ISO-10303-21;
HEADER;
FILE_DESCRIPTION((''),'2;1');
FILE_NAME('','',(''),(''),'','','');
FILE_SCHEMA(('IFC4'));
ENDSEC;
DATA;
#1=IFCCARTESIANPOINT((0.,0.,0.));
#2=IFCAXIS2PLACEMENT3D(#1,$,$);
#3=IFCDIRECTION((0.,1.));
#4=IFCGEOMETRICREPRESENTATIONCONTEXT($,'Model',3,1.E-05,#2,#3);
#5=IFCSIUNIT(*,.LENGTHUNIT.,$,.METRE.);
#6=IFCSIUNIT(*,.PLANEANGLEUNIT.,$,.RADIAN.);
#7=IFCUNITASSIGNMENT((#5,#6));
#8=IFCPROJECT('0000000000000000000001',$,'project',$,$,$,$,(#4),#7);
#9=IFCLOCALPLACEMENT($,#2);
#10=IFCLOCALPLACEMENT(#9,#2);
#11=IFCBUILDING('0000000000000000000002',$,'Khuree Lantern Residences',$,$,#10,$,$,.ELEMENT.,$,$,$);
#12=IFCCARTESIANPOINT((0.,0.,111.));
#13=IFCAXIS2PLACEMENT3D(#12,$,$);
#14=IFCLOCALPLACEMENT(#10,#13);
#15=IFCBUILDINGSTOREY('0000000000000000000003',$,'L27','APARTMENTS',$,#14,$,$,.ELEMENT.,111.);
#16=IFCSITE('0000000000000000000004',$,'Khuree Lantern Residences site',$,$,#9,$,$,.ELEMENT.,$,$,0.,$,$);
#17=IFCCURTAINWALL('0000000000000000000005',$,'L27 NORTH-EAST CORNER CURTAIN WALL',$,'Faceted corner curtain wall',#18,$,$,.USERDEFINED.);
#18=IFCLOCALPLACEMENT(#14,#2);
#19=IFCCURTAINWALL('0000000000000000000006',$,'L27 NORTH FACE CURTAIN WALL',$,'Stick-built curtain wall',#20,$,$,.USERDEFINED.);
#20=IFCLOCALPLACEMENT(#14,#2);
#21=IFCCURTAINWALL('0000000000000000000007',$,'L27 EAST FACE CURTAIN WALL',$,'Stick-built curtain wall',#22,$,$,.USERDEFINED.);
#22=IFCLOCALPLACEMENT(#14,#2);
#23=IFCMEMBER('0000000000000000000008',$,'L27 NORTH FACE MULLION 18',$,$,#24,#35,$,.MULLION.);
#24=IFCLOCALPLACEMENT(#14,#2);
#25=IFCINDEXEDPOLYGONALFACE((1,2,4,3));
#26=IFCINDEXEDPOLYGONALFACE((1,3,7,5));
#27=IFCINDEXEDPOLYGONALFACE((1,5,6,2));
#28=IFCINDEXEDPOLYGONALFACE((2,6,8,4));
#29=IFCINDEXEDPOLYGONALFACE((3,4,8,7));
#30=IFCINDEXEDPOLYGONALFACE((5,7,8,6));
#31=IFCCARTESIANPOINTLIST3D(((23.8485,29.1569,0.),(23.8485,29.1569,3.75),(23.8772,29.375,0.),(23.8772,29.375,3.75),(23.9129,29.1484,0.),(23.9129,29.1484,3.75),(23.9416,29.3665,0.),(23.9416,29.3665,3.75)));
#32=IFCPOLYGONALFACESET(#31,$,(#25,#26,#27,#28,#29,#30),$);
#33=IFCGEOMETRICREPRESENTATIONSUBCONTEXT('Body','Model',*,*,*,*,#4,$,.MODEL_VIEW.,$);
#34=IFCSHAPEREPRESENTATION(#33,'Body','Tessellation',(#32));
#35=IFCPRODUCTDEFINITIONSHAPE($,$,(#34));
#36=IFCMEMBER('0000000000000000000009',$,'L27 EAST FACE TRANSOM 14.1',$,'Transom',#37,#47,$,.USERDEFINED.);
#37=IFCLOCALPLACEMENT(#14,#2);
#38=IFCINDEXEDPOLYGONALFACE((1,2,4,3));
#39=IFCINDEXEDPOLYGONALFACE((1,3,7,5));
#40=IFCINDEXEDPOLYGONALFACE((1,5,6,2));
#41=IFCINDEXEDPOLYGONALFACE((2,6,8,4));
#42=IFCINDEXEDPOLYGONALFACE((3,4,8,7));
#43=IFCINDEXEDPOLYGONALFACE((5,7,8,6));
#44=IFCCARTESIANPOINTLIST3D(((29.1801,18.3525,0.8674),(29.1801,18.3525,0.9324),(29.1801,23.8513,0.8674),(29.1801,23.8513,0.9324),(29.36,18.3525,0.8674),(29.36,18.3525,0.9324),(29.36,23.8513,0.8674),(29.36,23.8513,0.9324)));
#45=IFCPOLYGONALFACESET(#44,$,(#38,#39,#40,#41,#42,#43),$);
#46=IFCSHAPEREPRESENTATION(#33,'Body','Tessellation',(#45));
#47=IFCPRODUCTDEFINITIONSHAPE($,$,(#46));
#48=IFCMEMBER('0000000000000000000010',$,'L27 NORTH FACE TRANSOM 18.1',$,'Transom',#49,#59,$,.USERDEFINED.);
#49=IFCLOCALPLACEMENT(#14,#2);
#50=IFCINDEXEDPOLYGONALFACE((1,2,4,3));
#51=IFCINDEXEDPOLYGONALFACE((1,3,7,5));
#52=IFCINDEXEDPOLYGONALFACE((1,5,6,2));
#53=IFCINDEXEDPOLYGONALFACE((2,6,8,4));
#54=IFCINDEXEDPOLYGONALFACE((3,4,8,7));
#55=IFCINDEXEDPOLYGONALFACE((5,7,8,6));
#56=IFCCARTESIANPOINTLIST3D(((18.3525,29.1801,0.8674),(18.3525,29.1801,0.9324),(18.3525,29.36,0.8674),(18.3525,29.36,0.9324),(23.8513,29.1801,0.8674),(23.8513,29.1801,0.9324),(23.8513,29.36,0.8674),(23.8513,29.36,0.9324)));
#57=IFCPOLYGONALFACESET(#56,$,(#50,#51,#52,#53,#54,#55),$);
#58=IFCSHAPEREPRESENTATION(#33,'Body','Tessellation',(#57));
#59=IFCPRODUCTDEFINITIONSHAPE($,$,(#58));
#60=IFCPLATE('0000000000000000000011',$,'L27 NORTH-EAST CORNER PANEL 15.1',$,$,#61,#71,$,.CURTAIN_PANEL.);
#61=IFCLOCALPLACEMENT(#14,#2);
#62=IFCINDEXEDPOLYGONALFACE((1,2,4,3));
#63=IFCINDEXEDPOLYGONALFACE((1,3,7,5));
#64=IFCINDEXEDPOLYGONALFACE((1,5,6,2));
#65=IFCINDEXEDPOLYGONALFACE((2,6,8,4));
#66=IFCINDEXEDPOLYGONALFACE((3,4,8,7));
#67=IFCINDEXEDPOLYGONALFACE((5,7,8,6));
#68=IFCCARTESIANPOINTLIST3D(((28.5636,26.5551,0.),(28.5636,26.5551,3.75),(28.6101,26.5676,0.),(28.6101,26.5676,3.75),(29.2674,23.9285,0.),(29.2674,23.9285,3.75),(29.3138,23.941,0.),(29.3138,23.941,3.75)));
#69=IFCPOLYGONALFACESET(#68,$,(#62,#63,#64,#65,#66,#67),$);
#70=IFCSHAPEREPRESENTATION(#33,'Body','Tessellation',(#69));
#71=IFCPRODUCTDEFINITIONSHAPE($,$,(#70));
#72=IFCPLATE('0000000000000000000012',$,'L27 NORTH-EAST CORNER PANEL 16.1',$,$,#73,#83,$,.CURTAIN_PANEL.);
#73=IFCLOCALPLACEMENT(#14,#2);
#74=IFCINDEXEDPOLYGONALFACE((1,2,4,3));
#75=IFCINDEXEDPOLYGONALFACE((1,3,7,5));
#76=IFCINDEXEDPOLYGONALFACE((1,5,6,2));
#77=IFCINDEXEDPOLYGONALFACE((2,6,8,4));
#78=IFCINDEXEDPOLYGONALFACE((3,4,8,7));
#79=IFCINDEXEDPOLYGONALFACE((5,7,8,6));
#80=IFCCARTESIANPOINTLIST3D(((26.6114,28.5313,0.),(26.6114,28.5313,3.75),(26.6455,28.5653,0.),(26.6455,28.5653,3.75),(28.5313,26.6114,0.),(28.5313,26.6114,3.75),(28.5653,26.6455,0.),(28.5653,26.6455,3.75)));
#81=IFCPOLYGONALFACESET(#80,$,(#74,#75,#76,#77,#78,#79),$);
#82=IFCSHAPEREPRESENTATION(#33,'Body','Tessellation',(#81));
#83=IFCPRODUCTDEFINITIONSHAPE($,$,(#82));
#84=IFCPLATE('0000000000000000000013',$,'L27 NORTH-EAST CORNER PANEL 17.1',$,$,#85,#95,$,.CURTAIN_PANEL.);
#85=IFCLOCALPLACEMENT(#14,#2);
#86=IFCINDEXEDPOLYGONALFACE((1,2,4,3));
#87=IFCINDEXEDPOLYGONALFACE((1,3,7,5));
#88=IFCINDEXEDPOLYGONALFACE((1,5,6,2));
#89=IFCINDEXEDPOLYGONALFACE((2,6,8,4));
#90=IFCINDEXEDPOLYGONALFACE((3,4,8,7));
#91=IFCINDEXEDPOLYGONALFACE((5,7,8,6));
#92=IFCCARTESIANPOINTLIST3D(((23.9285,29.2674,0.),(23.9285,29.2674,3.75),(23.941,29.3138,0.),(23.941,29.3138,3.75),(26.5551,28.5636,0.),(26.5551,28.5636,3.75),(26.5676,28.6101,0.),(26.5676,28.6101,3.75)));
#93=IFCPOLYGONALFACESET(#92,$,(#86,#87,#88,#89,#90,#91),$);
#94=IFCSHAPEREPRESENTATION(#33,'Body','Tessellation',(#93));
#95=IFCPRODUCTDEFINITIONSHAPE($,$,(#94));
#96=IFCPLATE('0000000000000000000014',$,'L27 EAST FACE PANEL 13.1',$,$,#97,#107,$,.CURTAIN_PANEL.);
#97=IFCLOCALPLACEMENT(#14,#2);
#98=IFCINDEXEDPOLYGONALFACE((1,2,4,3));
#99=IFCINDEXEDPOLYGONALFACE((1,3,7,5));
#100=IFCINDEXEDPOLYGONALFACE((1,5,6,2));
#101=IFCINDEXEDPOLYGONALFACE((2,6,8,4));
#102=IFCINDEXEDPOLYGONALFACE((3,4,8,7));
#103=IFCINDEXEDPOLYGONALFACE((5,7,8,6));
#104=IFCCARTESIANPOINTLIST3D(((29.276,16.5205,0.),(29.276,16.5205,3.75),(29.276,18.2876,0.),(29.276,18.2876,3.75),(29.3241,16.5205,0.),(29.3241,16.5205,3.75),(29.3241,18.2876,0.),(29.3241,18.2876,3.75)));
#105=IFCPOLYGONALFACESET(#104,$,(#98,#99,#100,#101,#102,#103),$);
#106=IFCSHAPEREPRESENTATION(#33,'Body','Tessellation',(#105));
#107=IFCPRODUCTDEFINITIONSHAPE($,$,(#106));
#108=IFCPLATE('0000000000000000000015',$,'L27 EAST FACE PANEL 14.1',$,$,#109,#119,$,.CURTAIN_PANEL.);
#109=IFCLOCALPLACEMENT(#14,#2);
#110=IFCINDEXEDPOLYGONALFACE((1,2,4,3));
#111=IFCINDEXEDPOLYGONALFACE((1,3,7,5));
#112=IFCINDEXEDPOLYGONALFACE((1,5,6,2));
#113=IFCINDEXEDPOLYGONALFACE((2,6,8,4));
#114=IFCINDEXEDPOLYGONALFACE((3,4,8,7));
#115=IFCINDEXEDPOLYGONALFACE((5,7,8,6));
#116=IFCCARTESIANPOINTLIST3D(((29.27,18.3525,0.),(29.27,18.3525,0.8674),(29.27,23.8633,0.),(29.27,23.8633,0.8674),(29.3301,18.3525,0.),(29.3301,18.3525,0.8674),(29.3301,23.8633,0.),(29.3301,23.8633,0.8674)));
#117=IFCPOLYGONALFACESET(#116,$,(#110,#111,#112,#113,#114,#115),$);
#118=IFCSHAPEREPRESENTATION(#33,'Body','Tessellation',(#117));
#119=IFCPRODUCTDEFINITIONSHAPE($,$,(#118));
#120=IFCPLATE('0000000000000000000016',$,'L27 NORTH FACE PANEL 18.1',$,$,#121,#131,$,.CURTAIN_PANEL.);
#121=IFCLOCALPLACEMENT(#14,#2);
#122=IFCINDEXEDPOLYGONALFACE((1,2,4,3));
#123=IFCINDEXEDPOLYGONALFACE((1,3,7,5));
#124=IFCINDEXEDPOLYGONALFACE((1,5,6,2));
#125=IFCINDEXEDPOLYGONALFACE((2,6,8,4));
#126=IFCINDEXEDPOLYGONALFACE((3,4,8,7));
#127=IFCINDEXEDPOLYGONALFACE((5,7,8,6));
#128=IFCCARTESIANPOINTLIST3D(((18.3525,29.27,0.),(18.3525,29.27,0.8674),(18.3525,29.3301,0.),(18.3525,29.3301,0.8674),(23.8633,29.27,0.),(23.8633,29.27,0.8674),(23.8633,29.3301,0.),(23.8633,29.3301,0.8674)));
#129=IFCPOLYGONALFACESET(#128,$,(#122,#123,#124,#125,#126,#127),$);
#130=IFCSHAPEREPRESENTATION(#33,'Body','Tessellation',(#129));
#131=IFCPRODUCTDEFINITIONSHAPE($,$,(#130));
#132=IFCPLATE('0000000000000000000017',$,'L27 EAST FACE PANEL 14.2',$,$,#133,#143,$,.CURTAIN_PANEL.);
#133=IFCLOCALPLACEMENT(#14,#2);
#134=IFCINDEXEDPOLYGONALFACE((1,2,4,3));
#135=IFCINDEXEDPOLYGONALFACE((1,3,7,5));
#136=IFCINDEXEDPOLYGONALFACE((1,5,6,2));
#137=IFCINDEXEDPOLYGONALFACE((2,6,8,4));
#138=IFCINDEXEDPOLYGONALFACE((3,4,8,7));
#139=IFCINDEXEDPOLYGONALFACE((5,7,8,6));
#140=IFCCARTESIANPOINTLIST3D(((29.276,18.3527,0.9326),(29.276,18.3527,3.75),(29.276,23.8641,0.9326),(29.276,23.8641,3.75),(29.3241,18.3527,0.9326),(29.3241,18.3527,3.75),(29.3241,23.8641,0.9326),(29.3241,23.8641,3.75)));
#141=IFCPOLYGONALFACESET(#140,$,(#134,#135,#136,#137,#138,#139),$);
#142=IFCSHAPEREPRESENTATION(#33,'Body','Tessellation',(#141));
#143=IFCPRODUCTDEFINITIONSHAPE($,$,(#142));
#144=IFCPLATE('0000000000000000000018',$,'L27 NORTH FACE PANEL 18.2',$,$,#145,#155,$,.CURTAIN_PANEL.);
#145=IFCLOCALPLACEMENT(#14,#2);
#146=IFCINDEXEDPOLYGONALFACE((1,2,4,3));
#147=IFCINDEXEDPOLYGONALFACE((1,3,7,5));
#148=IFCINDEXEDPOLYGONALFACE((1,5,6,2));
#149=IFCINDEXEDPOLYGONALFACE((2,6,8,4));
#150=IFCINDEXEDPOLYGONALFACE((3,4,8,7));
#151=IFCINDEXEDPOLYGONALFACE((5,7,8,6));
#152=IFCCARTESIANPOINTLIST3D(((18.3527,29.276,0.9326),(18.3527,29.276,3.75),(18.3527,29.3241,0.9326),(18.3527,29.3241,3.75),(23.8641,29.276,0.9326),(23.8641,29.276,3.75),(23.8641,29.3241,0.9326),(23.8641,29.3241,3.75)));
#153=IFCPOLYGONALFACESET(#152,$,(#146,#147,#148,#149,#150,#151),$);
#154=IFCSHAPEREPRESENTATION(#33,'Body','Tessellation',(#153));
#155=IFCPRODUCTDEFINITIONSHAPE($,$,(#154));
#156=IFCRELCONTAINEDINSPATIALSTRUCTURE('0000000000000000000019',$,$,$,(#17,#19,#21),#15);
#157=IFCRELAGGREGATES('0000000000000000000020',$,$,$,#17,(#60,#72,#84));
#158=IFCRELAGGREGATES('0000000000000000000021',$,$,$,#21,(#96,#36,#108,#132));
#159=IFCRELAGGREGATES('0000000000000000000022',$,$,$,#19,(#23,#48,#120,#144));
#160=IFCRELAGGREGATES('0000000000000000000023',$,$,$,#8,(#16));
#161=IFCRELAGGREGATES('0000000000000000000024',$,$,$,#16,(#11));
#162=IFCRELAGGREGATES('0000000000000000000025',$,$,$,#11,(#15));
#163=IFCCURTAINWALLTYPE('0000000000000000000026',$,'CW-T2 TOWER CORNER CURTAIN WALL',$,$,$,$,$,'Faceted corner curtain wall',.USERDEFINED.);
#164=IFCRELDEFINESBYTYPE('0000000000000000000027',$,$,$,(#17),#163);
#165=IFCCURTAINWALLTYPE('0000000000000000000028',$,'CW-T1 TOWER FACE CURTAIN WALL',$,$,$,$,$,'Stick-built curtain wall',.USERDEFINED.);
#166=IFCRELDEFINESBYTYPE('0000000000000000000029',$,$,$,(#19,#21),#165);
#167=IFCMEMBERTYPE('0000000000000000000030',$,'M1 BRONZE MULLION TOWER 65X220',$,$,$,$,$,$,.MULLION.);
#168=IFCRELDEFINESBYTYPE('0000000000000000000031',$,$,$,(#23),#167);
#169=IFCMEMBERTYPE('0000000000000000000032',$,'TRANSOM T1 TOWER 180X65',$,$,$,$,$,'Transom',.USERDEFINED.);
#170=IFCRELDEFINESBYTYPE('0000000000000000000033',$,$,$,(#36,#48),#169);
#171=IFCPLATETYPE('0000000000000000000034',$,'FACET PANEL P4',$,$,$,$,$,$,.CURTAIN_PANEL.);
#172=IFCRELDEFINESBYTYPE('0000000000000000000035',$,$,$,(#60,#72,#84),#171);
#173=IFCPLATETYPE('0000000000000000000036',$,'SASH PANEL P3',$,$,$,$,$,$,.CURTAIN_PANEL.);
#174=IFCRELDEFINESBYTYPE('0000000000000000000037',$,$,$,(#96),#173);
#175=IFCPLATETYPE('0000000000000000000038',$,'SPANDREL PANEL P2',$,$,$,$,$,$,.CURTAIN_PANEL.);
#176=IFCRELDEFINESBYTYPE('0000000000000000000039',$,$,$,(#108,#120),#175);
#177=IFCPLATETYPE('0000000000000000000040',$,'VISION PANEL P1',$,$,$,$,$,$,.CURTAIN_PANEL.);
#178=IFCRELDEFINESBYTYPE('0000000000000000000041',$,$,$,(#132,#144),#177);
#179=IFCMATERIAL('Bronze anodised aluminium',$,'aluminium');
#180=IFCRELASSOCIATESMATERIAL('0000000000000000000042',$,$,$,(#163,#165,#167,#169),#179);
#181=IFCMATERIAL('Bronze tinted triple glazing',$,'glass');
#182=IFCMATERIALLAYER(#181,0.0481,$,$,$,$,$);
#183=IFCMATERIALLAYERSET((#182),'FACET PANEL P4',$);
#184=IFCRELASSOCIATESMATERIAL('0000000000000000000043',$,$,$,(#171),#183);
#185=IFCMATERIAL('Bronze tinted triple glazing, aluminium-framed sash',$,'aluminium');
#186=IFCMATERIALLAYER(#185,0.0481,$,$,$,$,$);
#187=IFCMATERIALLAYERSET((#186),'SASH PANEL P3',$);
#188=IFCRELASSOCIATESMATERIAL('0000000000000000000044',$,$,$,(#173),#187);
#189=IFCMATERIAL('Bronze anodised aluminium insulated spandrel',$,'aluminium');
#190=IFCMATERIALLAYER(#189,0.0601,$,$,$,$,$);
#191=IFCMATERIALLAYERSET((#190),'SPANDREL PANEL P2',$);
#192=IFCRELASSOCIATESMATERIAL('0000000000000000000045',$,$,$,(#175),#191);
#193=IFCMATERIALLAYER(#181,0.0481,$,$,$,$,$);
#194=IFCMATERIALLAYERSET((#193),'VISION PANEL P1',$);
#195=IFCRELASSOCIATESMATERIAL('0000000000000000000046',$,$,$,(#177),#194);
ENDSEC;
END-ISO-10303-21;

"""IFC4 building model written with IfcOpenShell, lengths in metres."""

from ifc_helpers import new_model, si_unit, direction, frame, origin, origin_2d, place, context, subcontext, project, spatial, rectangle, extrude, material, layer, layer_set, material_profile, profile_set, type_object, element, aggregate, save


model = new_model("IFC4")

# Units and contexts
model_context = context("Model", 3, precision=1e-05, world=origin(), true_north=direction((0.0, 1.0)))
body_context = subcontext(model_context, "Body", "Model", "MODEL_VIEW")
ifc_project = project(units=[si_unit("LENGTHUNIT", "METRE"), si_unit("PLANEANGLEUNIT", "RADIAN")], contexts=[model_context])

# Site, building, storey
site_placement = place(None, origin())
site = spatial("IfcSite", under=ifc_project, at=site_placement, Name="Khuree Lantern Residences site", CompositionType="ELEMENT", RefElevation=0.0)
building_placement = place(site_placement, origin())
building = spatial("IfcBuilding", under=site, at=building_placement, Name="Khuree Lantern Residences", CompositionType="ELEMENT")
storey_placement = place(building_placement, frame((0.0, 0.0, 111.0)))
storey = spatial("IfcBuildingStorey", under=building, at=storey_placement, Name="L27", Description="APARTMENTS", CompositionType="ELEMENT", Elevation=111.0)

# Curtain walls
ifc_material_1 = material(Name="Bronze anodised aluminium", Category="aluminium")
curtain_wall_type_1 = type_object("IfcCurtainWallType", Name="CW-T2 TOWER CORNER CURTAIN WALL", ElementType="Faceted corner curtain wall", PredefinedType="USERDEFINED", material=ifc_material_1)
curtain_wall_1_placement = place(storey_placement, origin())
curtain_wall_1 = element("IfcCurtainWall", 1, at=curtain_wall_1_placement, inside=storey, type_object=curtain_wall_type_1, Name="L27 NORTH-EAST CORNER CURTAIN WALL", ObjectType="Faceted corner curtain wall", PredefinedType="USERDEFINED")
curtain_wall_type_2 = type_object("IfcCurtainWallType", Name="CW-T1 TOWER FACE CURTAIN WALL", ElementType="Stick-built curtain wall", PredefinedType="USERDEFINED", material=ifc_material_1)
curtain_wall_2_placement = place(storey_placement, origin())
curtain_wall_2 = element("IfcCurtainWall", 2, at=curtain_wall_2_placement, inside=storey, type_object=curtain_wall_type_2, Name="L27 NORTH FACE CURTAIN WALL", ObjectType="Stick-built curtain wall", PredefinedType="USERDEFINED")

# Curtain wall
curtain_wall_3_placement = place(storey_placement, origin())
curtain_wall_3 = element("IfcCurtainWall", 3, at=curtain_wall_3_placement, inside=storey, type_object=curtain_wall_type_2, Name="L27 EAST FACE CURTAIN WALL", ObjectType="Stick-built curtain wall", PredefinedType="USERDEFINED")
ifc_material_profile_1 = material_profile(ifc_material_1, rectangle(XDim=0.0649, YDim=0.22, at=origin_2d()), Name="M1 65X220")
ifc_profile_set_1 = profile_set([ifc_material_profile_1], Name="Bronze anodised aluminium")
member_type_1 = type_object("IfcMemberType", Name="M1 BRONZE MULLION TOWER 65X220", PredefinedType="MULLION", material=ifc_profile_set_1)

# Members
member_1_placement = place(storey_placement, frame((23.895, 29.2617, 0.0), z_axis=(0.0, 0.0, 1.0), x_axis=(-0.991445, 0.130526, 0.0)))
member_1 = element("IfcMember", 4, at=member_1_placement, type_object=member_type_1, Name="L27 NORTH FACE MULLION 18", PredefinedType="MULLION", context=body_context, shape_type="SweptSolid", body=[
    extrude(rectangle(XDim=0.0649, YDim=0.22, at=origin_2d()), origin(), (0.0, 0.0, 1.0), 3.75),
])
ifc_material_profile_2 = material_profile(ifc_material_1, rectangle(XDim=0.1799, YDim=0.0649, at=origin_2d()), Name="T1 180X65")
ifc_profile_set_2 = profile_set([ifc_material_profile_2], Name="Bronze anodised aluminium")
member_type_2 = type_object("IfcMemberType", Name="TRANSOM T1 TOWER 180X65", ElementType="Transom", PredefinedType="USERDEFINED", material=ifc_profile_set_2)
member_2_placement = place(storey_placement, frame((29.27, 18.3525, 0.8999), z_axis=(0.0, 1.0, 0.0), x_axis=(-1.0, 0.0, 0.0)))
member_2 = element("IfcMember", 5, at=member_2_placement, type_object=member_type_2, Name="L27 EAST FACE TRANSOM 14.1", ObjectType="Transom", PredefinedType="USERDEFINED", context=body_context, shape_type="SweptSolid", body=[
    extrude(rectangle(XDim=0.1799, YDim=0.0649, at=origin_2d()), origin(), (0.0, 0.0, 1.0), 5.4988),
])
member_3_placement = place(storey_placement, frame((23.8513, 29.27, 0.8999), z_axis=(-1.0, 0.0, 0.0), x_axis=(0.0, -1.0, 0.0)))
member_3 = element("IfcMember", 6, at=member_3_placement, type_object=member_type_2, Name="L27 NORTH FACE TRANSOM 18.1", ObjectType="Transom", PredefinedType="USERDEFINED", context=body_context, shape_type="SweptSolid", body=[
    extrude(rectangle(XDim=0.1799, YDim=0.0649, at=origin_2d()), origin(), (0.0, 0.0, 1.0), 5.4988),
])

# Plates
ifc_material_2 = material(Name="Bronze tinted triple glazing", Category="glass")
ifc_layer_1 = layer(ifc_material_2, 0.0481)
ifc_layer_set_1 = layer_set([ifc_layer_1], Name="FACET PANEL P4")
plate_type_1 = type_object("IfcPlateType", Name="FACET PANEL P4", PredefinedType="CURTAIN_PANEL", material=ifc_layer_set_1)
plate_1_placement = place(storey_placement, frame((28.9387, 25.248, 0.0), z_axis=(0.0, 0.0, 1.0), x_axis=(-0.258819, 0.965926, 0.0)))
plate_1 = element("IfcPlate", 7, at=plate_1_placement, type_object=plate_type_1, Name="L27 NORTH-EAST CORNER PANEL 15.1", PredefinedType="CURTAIN_PANEL", context=body_context, shape_type="SweptSolid", body=[
    extrude(rectangle(XDim=2.7192, YDim=0.0481, at=origin_2d()), origin(), (0.0, 0.0, 1.0), 3.75),
])
plate_2_placement = place(storey_placement, frame((27.5884, 27.5884, 0.0), z_axis=(0.0, 0.0, 1.0), x_axis=(-0.707107, 0.707107, 0.0)))
plate_2 = element("IfcPlate", 8, at=plate_2_placement, type_object=plate_type_1, Name="L27 NORTH-EAST CORNER PANEL 16.1", PredefinedType="CURTAIN_PANEL", context=body_context, shape_type="SweptSolid", body=[
    extrude(rectangle(XDim=2.7151, YDim=0.0481, at=origin_2d()), origin(), (0.0, 0.0, 1.0), 3.75),
])
plate_3_placement = place(storey_placement, frame((25.248, 28.9387, 0.0), z_axis=(0.0, 0.0, 1.0), x_axis=(-0.965926, 0.258819, 0.0)))
plate_3 = element("IfcPlate", 9, at=plate_3_placement, type_object=plate_type_1, Name="L27 NORTH-EAST CORNER PANEL 17.1", PredefinedType="CURTAIN_PANEL", context=body_context, shape_type="SweptSolid", body=[
    extrude(rectangle(XDim=2.7192, YDim=0.0481, at=origin_2d()), origin(), (0.0, 0.0, 1.0), 3.75),
])
aggregate(curtain_wall_1, [plate_1, plate_2, plate_3])
ifc_material_3 = material(Name="Bronze tinted triple glazing, aluminium-framed sash", Category="aluminium")
ifc_layer_2 = layer(ifc_material_3, 0.0481)
ifc_layer_set_2 = layer_set([ifc_layer_2], Name="SASH PANEL P3")
plate_type_2 = type_object("IfcPlateType", Name="SASH PANEL P3", PredefinedType="CURTAIN_PANEL", material=ifc_layer_set_2)
plate_4_placement = place(storey_placement, frame((29.3, 17.4041, 0.0), z_axis=(0.0, 0.0, 1.0), x_axis=(0.0, 1.0, 0.0)))
plate_4 = element("IfcPlate", 10, at=plate_4_placement, type_object=plate_type_2, Name="L27 EAST FACE PANEL 13.1", PredefinedType="CURTAIN_PANEL", context=body_context, shape_type="SweptSolid", body=[
    extrude(rectangle(XDim=1.7671, YDim=0.0481, at=origin_2d()), origin(), (0.0, 0.0, 1.0), 3.75),
])
ifc_material_4 = material(Name="Bronze anodised aluminium insulated spandrel", Category="aluminium")
ifc_layer_3 = layer(ifc_material_4, 0.0601)
ifc_layer_set_3 = layer_set([ifc_layer_3], Name="SPANDREL PANEL P2")
plate_type_3 = type_object("IfcPlateType", Name="SPANDREL PANEL P2", PredefinedType="CURTAIN_PANEL", material=ifc_layer_set_3)
plate_5_placement = place(storey_placement, frame((29.3, 21.1079, 0.0), z_axis=(0.0, 0.0, 1.0), x_axis=(0.0, 1.0, 0.0)))
plate_5 = element("IfcPlate", 11, at=plate_5_placement, type_object=plate_type_3, Name="L27 EAST FACE PANEL 14.1", PredefinedType="CURTAIN_PANEL", context=body_context, shape_type="SweptSolid", body=[
    extrude(rectangle(XDim=5.5107, YDim=0.0601, at=origin_2d()), origin(), (0.0, 0.0, 1.0), 0.8674),
])
plate_6_placement = place(storey_placement, frame((21.1079, 29.3, 0.0), z_axis=(0.0, 0.0, 1.0), x_axis=(-1.0, 0.0, 0.0)))
plate_6 = element("IfcPlate", 12, at=plate_6_placement, type_object=plate_type_3, Name="L27 NORTH FACE PANEL 18.1", PredefinedType="CURTAIN_PANEL", context=body_context, shape_type="SweptSolid", body=[
    extrude(rectangle(XDim=5.5107, YDim=0.0601, at=origin_2d()), origin(), (0.0, 0.0, 1.0), 0.8674),
])
ifc_layer_4 = layer(ifc_material_2, 0.0481)
ifc_layer_set_4 = layer_set([ifc_layer_4], Name="VISION PANEL P1")
plate_type_4 = type_object("IfcPlateType", Name="VISION PANEL P1", PredefinedType="CURTAIN_PANEL", material=ifc_layer_set_4)
plate_7_placement = place(storey_placement, frame((29.3, 21.1084, 0.9326), z_axis=(0.0, 0.0, 1.0), x_axis=(0.0, 1.0, 0.0)))
plate_7 = element("IfcPlate", 13, at=plate_7_placement, type_object=plate_type_4, Name="L27 EAST FACE PANEL 14.2", PredefinedType="CURTAIN_PANEL", context=body_context, shape_type="SweptSolid", body=[
    extrude(rectangle(XDim=5.5115, YDim=0.0481, at=origin_2d()), origin(), (0.0, 0.0, 1.0), 2.8174),
])
aggregate(curtain_wall_3, [plate_4, member_2, plate_5, plate_7])
plate_8_placement = place(storey_placement, frame((21.1084, 29.3, 0.9326), z_axis=(0.0, 0.0, 1.0), x_axis=(-1.0, 0.0, 0.0)))
plate_8 = element("IfcPlate", 14, at=plate_8_placement, type_object=plate_type_4, Name="L27 NORTH FACE PANEL 18.2", PredefinedType="CURTAIN_PANEL", context=body_context, shape_type="SweptSolid", body=[
    extrude(rectangle(XDim=5.5115, YDim=0.0481, at=origin_2d()), origin(), (0.0, 0.0, 1.0), 2.8174),
])
aggregate(curtain_wall_2, [member_1, member_3, plate_6, plate_8])

save(model, "model.ifc")
